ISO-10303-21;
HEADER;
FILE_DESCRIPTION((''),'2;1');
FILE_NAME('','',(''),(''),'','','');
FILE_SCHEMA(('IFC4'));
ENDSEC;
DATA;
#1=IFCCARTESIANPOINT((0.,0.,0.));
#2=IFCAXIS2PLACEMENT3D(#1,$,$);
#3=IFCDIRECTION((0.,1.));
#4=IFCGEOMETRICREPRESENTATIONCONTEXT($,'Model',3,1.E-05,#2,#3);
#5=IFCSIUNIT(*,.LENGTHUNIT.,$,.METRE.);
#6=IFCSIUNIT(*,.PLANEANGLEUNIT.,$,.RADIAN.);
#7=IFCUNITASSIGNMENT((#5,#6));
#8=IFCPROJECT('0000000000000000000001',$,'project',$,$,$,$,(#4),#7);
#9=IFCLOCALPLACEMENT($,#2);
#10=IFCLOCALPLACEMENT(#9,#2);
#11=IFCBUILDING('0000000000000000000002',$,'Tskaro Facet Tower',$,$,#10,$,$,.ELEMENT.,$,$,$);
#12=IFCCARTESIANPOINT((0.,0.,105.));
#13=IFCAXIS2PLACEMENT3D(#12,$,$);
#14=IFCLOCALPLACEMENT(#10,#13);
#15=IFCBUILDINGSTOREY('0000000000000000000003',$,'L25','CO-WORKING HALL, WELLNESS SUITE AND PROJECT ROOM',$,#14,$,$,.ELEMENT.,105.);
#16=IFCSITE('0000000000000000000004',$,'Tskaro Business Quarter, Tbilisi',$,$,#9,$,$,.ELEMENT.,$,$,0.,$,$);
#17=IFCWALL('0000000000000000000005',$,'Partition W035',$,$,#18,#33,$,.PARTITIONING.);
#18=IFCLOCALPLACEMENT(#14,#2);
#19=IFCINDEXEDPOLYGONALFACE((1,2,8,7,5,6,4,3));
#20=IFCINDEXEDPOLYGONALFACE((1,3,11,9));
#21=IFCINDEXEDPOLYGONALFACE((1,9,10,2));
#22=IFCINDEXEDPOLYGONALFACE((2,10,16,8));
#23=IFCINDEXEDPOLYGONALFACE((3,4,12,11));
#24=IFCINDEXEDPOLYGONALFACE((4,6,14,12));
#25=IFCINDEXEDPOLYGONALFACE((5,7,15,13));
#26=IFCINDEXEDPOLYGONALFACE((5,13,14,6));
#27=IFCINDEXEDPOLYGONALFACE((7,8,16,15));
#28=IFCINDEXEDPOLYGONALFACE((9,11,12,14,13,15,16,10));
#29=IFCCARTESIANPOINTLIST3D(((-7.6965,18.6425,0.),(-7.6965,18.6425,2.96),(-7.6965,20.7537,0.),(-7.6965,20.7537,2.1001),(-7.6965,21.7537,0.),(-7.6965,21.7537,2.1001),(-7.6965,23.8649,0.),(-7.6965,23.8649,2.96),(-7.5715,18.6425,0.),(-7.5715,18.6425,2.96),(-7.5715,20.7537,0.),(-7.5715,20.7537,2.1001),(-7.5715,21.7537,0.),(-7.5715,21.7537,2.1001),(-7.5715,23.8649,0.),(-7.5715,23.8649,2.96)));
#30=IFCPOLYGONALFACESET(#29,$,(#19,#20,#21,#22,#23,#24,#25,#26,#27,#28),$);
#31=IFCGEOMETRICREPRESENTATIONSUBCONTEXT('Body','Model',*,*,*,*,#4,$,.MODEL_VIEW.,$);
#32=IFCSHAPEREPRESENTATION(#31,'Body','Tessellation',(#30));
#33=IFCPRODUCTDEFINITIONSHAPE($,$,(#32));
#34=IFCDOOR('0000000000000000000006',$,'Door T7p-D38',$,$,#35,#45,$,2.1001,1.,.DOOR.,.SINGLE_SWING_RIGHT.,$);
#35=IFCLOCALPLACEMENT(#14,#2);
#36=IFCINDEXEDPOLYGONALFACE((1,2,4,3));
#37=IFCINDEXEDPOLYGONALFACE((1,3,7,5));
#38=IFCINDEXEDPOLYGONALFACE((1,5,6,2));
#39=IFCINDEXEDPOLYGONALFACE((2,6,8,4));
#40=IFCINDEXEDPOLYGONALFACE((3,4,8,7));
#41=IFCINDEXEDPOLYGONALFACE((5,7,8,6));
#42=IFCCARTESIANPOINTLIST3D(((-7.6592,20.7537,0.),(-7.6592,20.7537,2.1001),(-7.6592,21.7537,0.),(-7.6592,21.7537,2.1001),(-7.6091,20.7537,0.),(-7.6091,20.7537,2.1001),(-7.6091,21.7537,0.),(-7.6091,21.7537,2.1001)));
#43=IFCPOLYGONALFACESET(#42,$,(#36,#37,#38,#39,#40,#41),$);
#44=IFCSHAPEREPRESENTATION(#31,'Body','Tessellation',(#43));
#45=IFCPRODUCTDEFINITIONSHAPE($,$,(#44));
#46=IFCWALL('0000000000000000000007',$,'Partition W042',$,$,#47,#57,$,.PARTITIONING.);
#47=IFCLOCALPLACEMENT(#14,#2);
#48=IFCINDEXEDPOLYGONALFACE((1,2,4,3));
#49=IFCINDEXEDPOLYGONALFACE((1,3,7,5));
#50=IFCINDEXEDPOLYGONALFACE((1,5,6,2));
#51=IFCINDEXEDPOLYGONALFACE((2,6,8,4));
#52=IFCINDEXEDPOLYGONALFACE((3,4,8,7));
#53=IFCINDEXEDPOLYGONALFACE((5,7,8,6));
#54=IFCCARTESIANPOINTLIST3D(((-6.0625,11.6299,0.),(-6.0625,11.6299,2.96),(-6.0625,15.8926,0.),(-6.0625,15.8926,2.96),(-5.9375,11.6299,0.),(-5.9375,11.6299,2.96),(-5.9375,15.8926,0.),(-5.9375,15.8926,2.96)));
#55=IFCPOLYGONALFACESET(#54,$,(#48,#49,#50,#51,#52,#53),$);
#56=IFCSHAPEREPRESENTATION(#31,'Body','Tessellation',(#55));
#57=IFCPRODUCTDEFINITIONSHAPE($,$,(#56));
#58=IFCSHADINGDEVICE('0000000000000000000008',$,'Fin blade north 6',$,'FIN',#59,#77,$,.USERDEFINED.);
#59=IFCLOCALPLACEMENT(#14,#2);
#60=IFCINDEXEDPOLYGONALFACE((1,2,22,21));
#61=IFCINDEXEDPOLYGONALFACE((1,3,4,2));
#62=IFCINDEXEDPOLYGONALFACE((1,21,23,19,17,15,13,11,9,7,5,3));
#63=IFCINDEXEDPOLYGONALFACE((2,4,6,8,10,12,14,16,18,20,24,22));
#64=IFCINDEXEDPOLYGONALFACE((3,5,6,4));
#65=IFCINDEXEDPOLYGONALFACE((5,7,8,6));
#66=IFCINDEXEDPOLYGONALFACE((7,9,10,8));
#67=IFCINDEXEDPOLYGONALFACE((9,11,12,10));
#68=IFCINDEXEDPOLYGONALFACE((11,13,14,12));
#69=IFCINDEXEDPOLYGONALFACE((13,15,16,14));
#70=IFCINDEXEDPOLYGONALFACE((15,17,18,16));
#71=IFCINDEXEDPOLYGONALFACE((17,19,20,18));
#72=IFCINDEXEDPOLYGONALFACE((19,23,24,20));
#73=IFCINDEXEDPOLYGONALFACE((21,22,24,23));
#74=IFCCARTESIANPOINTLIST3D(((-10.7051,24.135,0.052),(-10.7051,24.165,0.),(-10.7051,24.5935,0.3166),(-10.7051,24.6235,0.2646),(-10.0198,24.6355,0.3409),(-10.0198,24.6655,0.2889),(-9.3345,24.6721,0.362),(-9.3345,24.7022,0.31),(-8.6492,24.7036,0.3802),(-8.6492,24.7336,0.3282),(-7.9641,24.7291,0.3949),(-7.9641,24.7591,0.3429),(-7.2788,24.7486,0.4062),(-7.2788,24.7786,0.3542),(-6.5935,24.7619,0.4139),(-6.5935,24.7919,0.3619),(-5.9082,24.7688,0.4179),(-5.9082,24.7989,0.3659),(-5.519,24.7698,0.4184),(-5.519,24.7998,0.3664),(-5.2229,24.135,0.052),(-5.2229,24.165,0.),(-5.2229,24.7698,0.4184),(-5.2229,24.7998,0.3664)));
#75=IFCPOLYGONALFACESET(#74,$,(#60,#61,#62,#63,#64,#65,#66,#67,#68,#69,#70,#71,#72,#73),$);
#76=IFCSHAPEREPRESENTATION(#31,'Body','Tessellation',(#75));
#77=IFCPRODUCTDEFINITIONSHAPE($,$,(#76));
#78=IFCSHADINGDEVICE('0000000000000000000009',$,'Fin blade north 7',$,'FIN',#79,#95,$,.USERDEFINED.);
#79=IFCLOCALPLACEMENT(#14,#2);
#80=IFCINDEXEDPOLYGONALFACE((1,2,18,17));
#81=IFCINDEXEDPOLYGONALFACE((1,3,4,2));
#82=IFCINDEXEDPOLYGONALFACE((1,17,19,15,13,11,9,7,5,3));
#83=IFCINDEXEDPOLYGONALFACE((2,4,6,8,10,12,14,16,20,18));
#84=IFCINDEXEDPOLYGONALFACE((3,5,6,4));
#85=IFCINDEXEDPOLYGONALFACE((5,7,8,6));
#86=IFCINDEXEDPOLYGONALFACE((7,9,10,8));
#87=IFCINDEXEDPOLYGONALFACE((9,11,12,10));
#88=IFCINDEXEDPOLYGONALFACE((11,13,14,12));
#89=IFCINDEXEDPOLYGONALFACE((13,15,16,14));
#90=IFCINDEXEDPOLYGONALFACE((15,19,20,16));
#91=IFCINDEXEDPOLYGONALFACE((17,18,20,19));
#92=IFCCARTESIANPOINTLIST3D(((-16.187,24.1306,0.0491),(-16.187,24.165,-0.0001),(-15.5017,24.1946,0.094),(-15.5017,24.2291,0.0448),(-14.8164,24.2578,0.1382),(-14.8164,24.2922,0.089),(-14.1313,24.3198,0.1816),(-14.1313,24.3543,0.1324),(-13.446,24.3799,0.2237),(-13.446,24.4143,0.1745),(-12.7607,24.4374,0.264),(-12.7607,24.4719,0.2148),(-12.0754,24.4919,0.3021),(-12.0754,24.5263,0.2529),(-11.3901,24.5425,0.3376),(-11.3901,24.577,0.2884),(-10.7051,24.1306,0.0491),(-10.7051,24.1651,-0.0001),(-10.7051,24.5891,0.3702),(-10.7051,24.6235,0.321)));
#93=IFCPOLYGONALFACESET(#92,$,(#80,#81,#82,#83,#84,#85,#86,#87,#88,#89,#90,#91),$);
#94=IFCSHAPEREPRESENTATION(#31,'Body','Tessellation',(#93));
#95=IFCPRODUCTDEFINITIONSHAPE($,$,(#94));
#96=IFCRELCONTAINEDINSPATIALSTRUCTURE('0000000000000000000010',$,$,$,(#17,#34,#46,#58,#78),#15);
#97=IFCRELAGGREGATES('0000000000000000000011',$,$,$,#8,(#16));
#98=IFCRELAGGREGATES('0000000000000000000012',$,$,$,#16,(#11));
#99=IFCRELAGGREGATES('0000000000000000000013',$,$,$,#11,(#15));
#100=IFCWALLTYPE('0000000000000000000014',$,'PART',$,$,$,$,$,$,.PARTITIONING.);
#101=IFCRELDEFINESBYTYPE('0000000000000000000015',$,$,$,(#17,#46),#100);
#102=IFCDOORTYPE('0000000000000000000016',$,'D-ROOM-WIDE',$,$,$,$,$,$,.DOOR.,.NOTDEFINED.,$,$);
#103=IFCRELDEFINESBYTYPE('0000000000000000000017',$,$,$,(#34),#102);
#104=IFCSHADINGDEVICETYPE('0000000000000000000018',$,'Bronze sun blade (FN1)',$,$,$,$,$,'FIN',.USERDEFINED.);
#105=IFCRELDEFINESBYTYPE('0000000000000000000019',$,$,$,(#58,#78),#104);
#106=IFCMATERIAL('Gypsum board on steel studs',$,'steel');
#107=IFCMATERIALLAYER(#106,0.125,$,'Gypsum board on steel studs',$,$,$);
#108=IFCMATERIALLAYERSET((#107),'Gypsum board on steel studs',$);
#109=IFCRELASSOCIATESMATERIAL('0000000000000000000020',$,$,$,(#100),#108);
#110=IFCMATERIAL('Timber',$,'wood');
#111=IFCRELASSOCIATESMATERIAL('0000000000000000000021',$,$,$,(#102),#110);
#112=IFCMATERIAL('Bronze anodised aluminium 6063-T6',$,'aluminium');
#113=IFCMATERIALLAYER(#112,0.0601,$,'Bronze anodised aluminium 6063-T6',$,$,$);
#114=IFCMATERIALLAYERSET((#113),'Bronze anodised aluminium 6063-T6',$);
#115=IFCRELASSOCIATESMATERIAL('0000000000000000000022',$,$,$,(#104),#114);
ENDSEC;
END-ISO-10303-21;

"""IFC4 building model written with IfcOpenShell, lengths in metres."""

from ifc_helpers import new_model, si_unit, direction, frame, frame_2d, origin, place, context, subcontext, project, spatial, polyline, rectangle, outline, extrude, material, layer, layer_set, type_object, element, fill, save


model = new_model("IFC4")

# Units and contexts
model_context = context("Model", 3, precision=1e-05, world=origin(), true_north=direction((0.0, 1.0)))
body_context = subcontext(model_context, "Body", "Model", "MODEL_VIEW")
ifc_project = project(units=[si_unit("LENGTHUNIT", "METRE"), si_unit("PLANEANGLEUNIT", "RADIAN")], contexts=[model_context])

# Site, building, storey
site_placement = place(None, origin())
site = spatial("IfcSite", under=ifc_project, at=site_placement, Name="Tskaro Business Quarter, Tbilisi", CompositionType="ELEMENT", RefElevation=0.0)
building_placement = place(site_placement, origin())
building = spatial("IfcBuilding", under=site, at=building_placement, Name="Tskaro Facet Tower", CompositionType="ELEMENT")
storey_placement = place(building_placement, frame((0.0, 0.0, 105.0)))
storey = spatial("IfcBuildingStorey", under=building, at=storey_placement, Name="L25", Description="CO-WORKING HALL, WELLNESS SUITE AND PROJECT ROOM", CompositionType="ELEMENT", Elevation=105.0)

# Shared definitions
ifc_material_1 = material(Name="Bronze anodised aluminium 6063-T6", Category="aluminium")

# Shared definitions
ifc_material_2 = material(Name="Gypsum board on steel studs", Category="steel")
ifc_layer_1 = layer(ifc_material_2, 0.125, Name="Gypsum board on steel studs")
ifc_layer_set_1 = layer_set([ifc_layer_1], Name="Gypsum board on steel studs")
wall_type = type_object("IfcWallType", Name="PART", PredefinedType="PARTITIONING", material=ifc_layer_set_1)
ifc_material_3 = material(Name="Timber", Category="wood")
door_type = type_object("IfcDoorType", Name="D-ROOM-WIDE", OperationType="NOTDEFINED", PredefinedType="DOOR", material=ifc_material_3)

# Wall, opening, door
wall_1_placement = place(storey_placement, frame((-7.634, 23.865, 0.0), z_axis=(0.0, 0.0, 1.0), x_axis=(0.0, -1.0, 0.0)))
wall_1 = element("IfcWall", 1, at=wall_1_placement, inside=storey, type_object=wall_type, Name="Partition W035", PredefinedType="PARTITIONING", context=body_context, shape_type="SweptSolid", body=[
    extrude(rectangle(XDim=5.2224, YDim=0.125, at=frame_2d((2.6113, 0.0))), origin(), (0.0, 0.0, 1.0), 2.96),
])
opening_1_placement = place(wall_1_placement, frame((2.1113, 0.0, 0.0)))
opening_1 = element("IfcOpeningElement", 2, at=opening_1_placement, cuts=wall_1, PredefinedType="OPENING", context=body_context, shape_type="SweptSolid", body=[
    extrude(rectangle(XDim=1.0, YDim=2.1001, at=frame_2d((0.5, 1.05))), frame((0.0, 0.0725, 0.0), z_axis=(0.0, -1.0, 0.0), x_axis=(1.0, 0.0, 0.0)), (0.0, 0.0, 1.0), 0.145),
])
door_1_placement = place(opening_1_placement, origin())
door_1 = element("IfcDoor", 3, at=door_1_placement, inside=storey, type_object=door_type, Name="Door T7p-D38", OperationType="SINGLE_SWING_RIGHT", OverallHeight=2.1001, OverallWidth=1.0, PredefinedType="DOOR", context=body_context, shape_type="SweptSolid", body=[
    extrude(rectangle(XDim=1.0, YDim=2.1001, at=frame_2d((0.5, 1.05))), frame((0.0, 0.0249, 0.0), z_axis=(0.0, -1.0, 0.0), x_axis=(1.0, 0.0, 0.0)), (0.0, 0.0, 1.0), 0.05),
])
fill(opening_1, door_1)

# Wall
wall_2_placement = place(storey_placement, frame((-6.0, 11.6299, 0.0), z_axis=(0.0, 0.0, 1.0), x_axis=(0.0, 1.0, 0.0)))
element("IfcWall", 4, at=wall_2_placement, inside=storey, type_object=wall_type, Name="Partition W042", PredefinedType="PARTITIONING", context=body_context, shape_type="SweptSolid", body=[
    extrude(rectangle(XDim=4.2627, YDim=0.125, at=frame_2d((2.1313, 0.0))), origin(), (0.0, 0.0, 1.0), 2.96),
])

# Shading devices
ifc_layer_2 = layer(ifc_material_1, 0.0601, Name="Bronze anodised aluminium 6063-T6")
ifc_layer_set_2 = layer_set([ifc_layer_2], Name="Bronze anodised aluminium 6063-T6")
shading_device_type = type_object("IfcShadingDeviceType", Name="Bronze sun blade (FN1)", ElementType="FIN", PredefinedType="USERDEFINED", material=ifc_layer_set_2)
shading_device_1_placement = place(storey_placement, frame((-5.2229, 24.135, 0.052), z_axis=(-0.000005, -0.499943, 0.866058), x_axis=(-1.0, 0.000002, -0.000004)))
element("IfcShadingDevice", 5, at=shading_device_1_placement, inside=storey, type_object=shading_device_type, Name="Fin blade north 6", ObjectType="FIN", PredefinedType="USERDEFINED", context=body_context, shape_type="SweptSolid", body=[
    extrude(outline(polyline([(0.0, 0.0), (5.4822, 0.0), (5.4822, -0.5294), (4.7969, -0.5778), (4.1116, -0.6202), (3.4263, -0.6565), (2.7412, -0.6859), (2.0559, -0.7085), (1.3706, -0.7239), (0.6853, -0.7319), (0.2961, -0.733), (0.0, -0.733), (0.0, 0.0)])), origin(), (0.0, 0.0, -1.0), 0.0601),
])
shading_device_2_placement = place(storey_placement, frame((-10.7051, 24.1306, 0.0491), z_axis=(0.000012, -0.573677, 0.819082), x_axis=(-1.0, -0.000007, 0.00001)))
element("IfcShadingDevice", 6, at=shading_device_2_placement, inside=storey, type_object=shading_device_type, Name="Fin blade north 7", ObjectType="FIN", PredefinedType="USERDEFINED", context=body_context, shape_type="SweptSolid", body=[
    extrude(outline(polyline([(0.0, 0.0), (5.4819, 0.0), (4.7966, -0.0782), (4.1113, -0.1553), (3.4263, -0.231), (2.741, -0.3043), (2.0557, -0.3746), (1.3704, -0.4411), (0.6851, -0.5029), (0.0, -0.5597), (0.0, 0.0)])), origin(), (0.0, 0.0, -1.0), 0.0601),
])

save(model, "model.ifc")
